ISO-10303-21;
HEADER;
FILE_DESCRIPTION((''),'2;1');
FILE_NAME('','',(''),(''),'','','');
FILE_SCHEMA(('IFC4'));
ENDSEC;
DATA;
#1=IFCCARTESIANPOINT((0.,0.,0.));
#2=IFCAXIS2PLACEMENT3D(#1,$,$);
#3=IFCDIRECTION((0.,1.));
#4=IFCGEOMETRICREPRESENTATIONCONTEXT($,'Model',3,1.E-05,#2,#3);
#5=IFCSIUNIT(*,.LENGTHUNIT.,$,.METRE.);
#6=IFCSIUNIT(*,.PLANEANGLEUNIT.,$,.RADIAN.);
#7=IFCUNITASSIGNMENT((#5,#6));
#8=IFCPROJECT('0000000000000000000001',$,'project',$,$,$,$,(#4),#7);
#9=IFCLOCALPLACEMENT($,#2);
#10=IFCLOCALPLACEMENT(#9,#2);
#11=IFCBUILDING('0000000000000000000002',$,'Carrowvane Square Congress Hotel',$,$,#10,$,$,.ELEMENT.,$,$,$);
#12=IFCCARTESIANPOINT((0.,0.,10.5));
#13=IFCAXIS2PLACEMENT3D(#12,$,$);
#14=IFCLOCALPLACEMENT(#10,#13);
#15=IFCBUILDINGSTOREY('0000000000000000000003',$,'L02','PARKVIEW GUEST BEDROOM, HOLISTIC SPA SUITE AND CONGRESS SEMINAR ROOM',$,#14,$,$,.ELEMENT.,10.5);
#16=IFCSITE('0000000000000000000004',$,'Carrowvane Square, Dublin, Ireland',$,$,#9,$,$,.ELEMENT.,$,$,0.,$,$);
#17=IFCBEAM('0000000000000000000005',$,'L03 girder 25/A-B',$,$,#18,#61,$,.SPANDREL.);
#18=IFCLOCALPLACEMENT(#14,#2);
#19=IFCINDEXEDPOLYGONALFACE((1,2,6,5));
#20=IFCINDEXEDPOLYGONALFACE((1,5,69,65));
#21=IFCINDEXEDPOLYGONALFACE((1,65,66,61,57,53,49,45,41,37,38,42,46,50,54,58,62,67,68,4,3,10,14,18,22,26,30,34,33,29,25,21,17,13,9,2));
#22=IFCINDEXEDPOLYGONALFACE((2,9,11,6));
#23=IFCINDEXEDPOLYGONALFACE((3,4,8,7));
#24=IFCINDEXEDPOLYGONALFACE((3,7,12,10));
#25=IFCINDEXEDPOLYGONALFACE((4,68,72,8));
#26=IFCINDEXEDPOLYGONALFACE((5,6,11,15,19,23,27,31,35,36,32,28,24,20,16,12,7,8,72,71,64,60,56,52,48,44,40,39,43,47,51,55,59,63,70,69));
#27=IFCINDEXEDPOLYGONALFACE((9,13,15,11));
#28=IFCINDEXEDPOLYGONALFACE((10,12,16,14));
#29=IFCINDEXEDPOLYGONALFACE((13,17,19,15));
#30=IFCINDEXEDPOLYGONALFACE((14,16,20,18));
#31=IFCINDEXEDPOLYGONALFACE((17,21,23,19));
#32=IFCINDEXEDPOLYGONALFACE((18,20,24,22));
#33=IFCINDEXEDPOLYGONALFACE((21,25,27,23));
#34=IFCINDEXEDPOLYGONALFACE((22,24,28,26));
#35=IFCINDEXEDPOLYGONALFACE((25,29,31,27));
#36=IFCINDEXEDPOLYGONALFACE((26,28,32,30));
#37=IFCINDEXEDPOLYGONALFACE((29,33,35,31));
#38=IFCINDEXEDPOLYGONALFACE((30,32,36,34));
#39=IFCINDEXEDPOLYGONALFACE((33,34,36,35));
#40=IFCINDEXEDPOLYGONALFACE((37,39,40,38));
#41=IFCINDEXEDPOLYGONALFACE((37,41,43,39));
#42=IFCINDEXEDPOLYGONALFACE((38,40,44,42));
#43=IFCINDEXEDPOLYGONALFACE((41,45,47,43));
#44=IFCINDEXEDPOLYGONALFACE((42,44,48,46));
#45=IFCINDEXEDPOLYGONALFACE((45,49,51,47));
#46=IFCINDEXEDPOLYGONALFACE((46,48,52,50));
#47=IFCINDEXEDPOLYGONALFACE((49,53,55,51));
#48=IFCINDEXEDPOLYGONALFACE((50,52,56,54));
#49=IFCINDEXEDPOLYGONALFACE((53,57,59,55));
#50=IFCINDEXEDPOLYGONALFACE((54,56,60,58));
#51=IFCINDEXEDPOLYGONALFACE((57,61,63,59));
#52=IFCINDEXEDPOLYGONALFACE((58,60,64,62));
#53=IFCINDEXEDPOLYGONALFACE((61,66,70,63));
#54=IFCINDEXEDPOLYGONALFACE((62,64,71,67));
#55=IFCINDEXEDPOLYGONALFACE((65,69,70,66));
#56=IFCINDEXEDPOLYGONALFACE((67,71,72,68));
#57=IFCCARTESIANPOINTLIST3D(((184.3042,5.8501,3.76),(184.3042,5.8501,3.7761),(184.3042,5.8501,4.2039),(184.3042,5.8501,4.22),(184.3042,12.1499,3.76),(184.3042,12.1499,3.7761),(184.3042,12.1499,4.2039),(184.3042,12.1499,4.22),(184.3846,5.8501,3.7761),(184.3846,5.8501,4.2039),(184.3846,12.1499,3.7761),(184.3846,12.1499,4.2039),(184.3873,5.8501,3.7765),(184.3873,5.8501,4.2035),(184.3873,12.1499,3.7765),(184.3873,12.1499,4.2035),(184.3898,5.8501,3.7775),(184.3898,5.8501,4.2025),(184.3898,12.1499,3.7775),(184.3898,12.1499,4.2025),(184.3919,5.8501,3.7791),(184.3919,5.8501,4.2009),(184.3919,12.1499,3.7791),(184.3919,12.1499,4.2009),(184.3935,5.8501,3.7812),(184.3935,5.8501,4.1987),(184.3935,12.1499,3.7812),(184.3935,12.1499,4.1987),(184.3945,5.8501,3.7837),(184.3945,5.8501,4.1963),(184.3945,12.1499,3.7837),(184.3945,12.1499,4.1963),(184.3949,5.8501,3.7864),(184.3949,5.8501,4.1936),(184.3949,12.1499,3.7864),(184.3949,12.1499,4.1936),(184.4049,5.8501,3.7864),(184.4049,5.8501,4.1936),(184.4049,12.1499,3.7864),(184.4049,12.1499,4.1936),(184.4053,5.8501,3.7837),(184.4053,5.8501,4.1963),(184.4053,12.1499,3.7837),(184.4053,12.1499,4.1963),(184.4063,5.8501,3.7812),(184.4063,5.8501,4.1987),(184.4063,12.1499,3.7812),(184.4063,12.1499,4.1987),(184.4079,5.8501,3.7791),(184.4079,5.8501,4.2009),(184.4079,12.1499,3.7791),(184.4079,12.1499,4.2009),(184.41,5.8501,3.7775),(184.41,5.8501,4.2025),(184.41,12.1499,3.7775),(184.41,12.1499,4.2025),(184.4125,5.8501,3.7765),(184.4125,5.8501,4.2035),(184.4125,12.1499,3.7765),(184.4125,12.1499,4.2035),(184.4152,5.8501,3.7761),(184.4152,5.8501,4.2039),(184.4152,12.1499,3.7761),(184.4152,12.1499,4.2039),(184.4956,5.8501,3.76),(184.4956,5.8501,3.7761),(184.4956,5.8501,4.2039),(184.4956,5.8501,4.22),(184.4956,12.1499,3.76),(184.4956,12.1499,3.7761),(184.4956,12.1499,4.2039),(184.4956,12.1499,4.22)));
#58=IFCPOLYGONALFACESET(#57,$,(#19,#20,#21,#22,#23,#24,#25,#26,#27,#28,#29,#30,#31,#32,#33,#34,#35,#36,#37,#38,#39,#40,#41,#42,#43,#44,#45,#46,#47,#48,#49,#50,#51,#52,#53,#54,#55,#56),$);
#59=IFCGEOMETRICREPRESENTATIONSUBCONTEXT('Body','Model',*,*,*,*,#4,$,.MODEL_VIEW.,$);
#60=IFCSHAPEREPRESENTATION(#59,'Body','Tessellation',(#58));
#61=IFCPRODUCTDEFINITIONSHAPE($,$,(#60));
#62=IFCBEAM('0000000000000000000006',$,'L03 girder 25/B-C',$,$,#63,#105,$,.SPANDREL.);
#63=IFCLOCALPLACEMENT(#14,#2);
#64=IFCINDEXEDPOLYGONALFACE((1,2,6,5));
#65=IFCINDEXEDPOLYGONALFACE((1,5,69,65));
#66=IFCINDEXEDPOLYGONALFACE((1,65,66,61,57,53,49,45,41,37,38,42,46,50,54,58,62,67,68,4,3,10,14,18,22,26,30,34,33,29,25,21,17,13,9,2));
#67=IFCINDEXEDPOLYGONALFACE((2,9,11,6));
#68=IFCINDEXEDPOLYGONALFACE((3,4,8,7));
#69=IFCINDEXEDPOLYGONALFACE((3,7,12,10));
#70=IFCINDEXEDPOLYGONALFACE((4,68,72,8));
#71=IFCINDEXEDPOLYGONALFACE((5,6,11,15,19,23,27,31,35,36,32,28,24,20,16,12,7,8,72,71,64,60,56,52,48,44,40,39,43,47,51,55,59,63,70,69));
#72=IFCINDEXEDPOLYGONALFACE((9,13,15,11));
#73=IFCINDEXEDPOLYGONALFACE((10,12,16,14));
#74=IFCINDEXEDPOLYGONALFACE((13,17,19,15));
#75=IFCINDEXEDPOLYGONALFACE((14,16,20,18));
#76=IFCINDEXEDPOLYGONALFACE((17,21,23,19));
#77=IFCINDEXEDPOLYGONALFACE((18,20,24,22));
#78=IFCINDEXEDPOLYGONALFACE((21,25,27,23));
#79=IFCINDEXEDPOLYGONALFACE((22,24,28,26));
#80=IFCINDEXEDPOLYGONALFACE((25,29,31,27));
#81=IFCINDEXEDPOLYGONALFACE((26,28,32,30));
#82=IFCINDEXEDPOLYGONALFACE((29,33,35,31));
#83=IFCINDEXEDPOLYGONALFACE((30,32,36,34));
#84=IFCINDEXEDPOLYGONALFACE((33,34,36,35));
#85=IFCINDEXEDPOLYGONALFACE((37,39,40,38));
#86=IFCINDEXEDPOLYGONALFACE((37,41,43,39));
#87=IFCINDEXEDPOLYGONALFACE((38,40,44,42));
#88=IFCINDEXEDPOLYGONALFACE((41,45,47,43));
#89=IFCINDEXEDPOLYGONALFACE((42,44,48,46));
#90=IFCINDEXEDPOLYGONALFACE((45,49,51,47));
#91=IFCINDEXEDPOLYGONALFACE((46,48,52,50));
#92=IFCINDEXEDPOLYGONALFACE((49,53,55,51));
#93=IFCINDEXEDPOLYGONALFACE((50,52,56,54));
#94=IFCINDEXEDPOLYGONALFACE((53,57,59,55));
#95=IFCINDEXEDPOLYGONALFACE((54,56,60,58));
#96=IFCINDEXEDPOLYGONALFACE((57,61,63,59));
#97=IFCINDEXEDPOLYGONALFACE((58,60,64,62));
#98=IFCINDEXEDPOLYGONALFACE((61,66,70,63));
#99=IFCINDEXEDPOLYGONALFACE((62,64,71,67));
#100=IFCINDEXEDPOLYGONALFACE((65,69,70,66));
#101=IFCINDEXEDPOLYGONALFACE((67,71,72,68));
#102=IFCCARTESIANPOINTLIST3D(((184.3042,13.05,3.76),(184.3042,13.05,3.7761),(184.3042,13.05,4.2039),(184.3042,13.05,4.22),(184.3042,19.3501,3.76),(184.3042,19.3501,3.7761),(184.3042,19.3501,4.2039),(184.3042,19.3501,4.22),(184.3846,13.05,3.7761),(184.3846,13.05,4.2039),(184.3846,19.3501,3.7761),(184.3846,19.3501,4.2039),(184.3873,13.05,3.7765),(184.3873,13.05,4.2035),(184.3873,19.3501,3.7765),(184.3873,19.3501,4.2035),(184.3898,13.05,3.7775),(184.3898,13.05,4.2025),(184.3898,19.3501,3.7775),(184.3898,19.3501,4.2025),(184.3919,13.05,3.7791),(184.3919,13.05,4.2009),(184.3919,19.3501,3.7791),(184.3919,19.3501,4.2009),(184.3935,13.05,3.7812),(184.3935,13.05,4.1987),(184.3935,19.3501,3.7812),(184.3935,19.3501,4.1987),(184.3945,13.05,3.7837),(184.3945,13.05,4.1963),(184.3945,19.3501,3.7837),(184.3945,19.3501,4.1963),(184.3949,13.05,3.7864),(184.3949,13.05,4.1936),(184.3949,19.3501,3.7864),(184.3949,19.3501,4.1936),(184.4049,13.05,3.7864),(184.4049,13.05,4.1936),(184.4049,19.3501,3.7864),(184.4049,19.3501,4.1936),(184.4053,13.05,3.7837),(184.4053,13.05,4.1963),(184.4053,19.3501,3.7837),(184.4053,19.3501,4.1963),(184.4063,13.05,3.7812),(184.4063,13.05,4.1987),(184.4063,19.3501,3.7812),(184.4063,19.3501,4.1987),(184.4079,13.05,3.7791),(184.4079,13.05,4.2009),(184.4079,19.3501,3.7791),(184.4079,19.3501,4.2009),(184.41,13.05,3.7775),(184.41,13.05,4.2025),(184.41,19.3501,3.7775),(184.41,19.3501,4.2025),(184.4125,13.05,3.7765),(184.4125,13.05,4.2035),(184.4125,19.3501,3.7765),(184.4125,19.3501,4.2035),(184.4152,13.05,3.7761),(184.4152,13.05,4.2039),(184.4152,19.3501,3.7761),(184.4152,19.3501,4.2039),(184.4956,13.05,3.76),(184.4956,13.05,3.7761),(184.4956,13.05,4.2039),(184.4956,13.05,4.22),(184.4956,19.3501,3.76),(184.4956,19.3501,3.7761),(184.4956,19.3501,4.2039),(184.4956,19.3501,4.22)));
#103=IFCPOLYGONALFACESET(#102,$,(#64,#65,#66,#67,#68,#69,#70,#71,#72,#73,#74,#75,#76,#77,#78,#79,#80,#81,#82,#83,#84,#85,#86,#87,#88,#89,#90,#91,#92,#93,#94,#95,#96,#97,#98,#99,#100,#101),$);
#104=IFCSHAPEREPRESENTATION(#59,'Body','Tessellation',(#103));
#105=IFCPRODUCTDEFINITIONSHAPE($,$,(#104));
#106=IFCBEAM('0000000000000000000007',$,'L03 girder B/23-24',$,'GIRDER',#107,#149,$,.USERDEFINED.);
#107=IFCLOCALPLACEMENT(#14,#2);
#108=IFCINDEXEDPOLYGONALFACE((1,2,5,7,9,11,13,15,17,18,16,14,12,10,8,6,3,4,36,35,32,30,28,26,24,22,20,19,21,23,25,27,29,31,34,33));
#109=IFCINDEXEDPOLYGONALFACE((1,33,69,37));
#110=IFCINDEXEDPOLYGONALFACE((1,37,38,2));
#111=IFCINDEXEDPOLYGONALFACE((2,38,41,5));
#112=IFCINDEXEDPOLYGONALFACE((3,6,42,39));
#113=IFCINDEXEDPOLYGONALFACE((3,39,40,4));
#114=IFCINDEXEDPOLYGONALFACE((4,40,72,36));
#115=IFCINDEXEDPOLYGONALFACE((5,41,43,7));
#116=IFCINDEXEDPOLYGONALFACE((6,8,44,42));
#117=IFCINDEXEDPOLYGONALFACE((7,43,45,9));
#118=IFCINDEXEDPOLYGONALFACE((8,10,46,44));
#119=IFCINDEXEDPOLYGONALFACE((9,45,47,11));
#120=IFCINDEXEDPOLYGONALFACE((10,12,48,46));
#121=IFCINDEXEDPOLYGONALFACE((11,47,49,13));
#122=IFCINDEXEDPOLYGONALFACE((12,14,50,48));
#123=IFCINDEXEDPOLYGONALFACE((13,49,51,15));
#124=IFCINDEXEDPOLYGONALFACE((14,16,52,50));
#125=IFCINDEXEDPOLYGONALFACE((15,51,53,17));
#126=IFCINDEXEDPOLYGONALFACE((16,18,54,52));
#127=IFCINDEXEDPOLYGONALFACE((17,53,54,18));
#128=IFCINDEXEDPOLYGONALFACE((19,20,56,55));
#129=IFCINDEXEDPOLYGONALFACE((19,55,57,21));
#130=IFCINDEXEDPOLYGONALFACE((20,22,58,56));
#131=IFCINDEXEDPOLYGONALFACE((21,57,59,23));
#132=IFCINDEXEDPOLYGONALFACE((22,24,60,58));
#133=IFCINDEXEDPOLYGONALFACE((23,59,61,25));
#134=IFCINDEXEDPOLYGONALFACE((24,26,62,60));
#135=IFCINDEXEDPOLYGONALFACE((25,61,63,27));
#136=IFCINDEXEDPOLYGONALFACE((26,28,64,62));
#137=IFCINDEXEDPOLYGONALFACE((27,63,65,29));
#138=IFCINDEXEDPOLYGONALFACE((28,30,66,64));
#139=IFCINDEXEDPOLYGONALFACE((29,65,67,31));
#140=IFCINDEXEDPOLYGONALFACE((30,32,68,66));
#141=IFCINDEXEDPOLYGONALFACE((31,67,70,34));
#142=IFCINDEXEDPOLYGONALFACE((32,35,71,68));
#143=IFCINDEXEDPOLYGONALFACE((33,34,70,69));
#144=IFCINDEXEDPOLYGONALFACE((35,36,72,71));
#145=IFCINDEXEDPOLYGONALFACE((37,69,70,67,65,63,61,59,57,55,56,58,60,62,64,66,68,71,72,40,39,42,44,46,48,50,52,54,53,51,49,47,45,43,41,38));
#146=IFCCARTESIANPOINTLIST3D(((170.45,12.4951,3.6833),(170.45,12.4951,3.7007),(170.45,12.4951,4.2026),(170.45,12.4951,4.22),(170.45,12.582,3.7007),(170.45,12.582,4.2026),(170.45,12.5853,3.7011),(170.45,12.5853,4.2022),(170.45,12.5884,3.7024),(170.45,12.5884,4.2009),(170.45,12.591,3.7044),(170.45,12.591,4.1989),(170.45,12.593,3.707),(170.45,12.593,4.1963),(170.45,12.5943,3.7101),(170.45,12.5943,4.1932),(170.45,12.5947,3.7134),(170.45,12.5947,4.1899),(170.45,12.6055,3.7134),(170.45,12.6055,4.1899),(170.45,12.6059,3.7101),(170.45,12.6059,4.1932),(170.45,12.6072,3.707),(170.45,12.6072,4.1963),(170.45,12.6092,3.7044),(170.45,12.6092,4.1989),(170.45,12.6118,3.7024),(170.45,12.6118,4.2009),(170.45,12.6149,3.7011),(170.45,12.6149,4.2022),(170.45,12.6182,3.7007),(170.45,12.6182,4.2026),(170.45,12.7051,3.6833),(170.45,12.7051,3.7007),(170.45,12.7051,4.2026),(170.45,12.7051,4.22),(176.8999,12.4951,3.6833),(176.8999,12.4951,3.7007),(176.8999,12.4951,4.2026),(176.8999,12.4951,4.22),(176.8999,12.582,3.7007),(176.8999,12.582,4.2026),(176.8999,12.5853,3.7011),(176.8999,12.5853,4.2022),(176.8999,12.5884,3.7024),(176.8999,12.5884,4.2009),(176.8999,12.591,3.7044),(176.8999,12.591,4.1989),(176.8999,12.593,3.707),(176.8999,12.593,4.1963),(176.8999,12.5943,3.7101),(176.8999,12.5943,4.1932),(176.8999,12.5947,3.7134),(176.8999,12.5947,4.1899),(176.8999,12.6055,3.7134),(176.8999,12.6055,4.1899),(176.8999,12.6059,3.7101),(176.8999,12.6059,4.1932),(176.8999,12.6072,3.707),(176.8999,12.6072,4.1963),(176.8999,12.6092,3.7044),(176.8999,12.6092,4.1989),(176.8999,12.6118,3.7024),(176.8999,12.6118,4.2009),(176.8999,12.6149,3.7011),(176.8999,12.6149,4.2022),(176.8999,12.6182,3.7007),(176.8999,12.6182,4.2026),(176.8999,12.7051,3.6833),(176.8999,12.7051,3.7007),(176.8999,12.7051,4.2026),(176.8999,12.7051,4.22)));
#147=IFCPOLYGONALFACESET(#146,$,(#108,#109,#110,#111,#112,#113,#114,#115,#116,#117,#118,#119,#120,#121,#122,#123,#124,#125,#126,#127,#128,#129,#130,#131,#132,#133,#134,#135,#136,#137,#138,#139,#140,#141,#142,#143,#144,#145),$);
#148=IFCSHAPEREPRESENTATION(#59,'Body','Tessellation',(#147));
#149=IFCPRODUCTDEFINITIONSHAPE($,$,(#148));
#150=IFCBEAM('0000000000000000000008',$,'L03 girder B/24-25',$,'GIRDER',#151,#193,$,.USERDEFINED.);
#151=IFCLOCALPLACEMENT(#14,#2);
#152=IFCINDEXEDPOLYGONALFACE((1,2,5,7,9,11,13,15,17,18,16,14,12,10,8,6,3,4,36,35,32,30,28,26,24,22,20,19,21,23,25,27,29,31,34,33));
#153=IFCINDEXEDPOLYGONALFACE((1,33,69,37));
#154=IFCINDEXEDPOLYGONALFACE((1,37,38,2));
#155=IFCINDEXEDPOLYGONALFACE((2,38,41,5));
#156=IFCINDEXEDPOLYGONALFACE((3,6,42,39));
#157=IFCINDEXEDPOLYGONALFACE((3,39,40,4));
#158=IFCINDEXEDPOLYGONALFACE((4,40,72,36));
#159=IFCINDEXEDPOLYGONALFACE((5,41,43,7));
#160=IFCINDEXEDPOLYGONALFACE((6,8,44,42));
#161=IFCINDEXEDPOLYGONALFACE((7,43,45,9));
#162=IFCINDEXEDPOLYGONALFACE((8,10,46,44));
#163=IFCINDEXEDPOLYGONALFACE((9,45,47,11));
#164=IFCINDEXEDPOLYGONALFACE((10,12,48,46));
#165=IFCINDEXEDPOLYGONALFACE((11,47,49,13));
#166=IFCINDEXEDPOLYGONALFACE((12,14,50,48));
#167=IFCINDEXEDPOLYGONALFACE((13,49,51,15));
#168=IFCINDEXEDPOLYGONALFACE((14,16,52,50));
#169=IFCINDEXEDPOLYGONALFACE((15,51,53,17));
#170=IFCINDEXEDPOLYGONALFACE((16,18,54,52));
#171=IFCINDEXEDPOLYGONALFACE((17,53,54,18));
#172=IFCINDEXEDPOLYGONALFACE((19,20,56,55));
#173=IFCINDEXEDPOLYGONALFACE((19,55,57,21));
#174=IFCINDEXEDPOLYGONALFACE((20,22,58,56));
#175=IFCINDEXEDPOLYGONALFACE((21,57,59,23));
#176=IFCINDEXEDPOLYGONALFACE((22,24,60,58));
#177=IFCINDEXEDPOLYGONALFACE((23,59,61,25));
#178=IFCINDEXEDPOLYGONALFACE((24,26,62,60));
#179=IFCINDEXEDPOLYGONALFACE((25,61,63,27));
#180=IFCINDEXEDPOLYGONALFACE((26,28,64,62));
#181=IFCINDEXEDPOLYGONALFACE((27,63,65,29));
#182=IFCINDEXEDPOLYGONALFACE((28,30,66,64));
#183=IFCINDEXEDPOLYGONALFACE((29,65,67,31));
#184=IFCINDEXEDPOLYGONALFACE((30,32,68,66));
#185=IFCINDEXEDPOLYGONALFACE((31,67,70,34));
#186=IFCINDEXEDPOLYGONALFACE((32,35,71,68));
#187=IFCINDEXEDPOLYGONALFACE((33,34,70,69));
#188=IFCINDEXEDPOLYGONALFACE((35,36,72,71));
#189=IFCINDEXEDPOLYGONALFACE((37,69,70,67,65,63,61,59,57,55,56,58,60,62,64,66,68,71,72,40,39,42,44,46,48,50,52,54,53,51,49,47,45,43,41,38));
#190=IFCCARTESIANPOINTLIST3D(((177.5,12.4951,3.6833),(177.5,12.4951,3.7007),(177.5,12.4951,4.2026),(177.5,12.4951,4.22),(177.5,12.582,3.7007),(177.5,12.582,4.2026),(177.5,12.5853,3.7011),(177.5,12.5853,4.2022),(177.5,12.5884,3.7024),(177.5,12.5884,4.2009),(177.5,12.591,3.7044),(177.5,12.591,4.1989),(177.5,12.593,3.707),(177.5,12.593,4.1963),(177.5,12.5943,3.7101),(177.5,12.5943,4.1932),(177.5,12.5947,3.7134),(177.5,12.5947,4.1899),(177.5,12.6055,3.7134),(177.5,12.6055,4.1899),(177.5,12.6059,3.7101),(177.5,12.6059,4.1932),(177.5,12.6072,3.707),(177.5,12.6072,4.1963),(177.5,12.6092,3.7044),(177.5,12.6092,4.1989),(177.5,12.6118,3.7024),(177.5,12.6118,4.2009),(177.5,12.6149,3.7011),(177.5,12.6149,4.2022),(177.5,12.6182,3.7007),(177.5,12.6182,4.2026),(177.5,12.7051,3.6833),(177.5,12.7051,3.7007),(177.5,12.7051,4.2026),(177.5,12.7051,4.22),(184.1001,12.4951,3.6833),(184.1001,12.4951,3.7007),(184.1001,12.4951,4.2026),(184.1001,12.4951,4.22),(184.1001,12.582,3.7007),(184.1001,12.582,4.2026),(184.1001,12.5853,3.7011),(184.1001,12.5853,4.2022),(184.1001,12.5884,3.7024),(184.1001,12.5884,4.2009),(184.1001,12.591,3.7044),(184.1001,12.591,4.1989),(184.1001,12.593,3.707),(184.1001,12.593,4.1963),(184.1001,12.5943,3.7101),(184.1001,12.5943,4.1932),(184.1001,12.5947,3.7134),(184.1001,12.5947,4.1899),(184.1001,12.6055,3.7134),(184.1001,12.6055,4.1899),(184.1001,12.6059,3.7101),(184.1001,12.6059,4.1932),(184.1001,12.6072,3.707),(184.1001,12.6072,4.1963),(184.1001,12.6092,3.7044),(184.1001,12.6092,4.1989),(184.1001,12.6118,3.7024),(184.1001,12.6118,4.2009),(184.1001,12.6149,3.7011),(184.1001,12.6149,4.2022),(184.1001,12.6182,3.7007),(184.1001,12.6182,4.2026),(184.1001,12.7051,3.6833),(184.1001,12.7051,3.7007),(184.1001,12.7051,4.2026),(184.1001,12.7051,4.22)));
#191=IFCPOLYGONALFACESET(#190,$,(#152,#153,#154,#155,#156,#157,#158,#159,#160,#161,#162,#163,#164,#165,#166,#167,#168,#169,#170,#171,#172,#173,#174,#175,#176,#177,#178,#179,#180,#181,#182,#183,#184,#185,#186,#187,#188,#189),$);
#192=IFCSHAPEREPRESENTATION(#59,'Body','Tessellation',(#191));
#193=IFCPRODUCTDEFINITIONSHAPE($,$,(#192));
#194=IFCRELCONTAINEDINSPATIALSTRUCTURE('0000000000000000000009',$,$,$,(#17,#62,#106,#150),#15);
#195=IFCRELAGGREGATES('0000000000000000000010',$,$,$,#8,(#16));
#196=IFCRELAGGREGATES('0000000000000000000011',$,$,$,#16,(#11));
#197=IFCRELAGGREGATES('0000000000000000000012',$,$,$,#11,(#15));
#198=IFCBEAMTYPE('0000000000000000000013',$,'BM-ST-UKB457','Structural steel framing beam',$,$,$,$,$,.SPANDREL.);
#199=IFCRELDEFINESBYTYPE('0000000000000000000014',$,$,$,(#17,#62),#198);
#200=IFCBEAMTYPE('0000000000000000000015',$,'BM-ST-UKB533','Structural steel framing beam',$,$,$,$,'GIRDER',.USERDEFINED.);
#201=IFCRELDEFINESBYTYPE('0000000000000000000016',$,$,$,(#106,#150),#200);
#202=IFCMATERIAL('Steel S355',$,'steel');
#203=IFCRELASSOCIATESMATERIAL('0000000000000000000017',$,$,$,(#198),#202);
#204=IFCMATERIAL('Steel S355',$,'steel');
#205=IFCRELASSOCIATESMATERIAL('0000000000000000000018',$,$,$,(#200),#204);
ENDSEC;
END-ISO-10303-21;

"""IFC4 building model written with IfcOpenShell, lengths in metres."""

from ifc_helpers import new_model, si_unit, direction, frame, origin, origin_2d, place, context, subcontext, project, spatial, i_section, extrude, material, material_profile, profile_set, type_object, element, save


model = new_model("IFC4")

# Units and contexts
model_context = context("Model", 3, precision=1e-05, world=origin(), true_north=direction((0.0, 1.0)))
body_context = subcontext(model_context, "Body", "Model", "MODEL_VIEW")
ifc_project = project(units=[si_unit("LENGTHUNIT", "METRE"), si_unit("PLANEANGLEUNIT", "RADIAN")], contexts=[model_context])

# Site, building, storey
site_placement = place(None, origin())
site = spatial("IfcSite", under=ifc_project, at=site_placement, Name="Carrowvane Square, Dublin, Ireland", CompositionType="ELEMENT", RefElevation=0.0)
building_placement = place(site_placement, origin())
building = spatial("IfcBuilding", under=site, at=building_placement, Name="Carrowvane Square Congress Hotel", CompositionType="ELEMENT")
storey_placement = place(building_placement, frame((0.0, 0.0, 10.5)))
storey = spatial("IfcBuildingStorey", under=building, at=storey_placement, Name="L02", Description="PARKVIEW GUEST BEDROOM, HOLISTIC SPA SUITE AND CONGRESS SEMINAR ROOM", CompositionType="ELEMENT", Elevation=10.5)

# Beams
ifc_material_1 = material(Name="Steel S355", Category="steel")
ifc_material_profile_1 = material_profile(ifc_material_1, i_section(OverallWidth=0.1914, OverallDepth=0.46, WebThickness=0.01, FlangeThickness=0.0161, FilletRadius=0.0103, at=origin_2d()), Name="UKB 457x191x82")
ifc_profile_set_1 = profile_set([ifc_material_profile_1], Name="Steel S355")
beam_type_1 = type_object("IfcBeamType", Name="BM-ST-UKB457", Description="Structural steel framing beam", PredefinedType="SPANDREL", material=ifc_profile_set_1)
beam_1_placement = place(storey_placement, frame((184.3999, 5.8501, 3.99), z_axis=(0.0, 1.0, 0.0), x_axis=(-1.0, 0.0, 0.0)))
element("IfcBeam", 1, at=beam_1_placement, inside=storey, type_object=beam_type_1, Name="L03 girder 25/A-B", PredefinedType="SPANDREL", context=body_context, shape_type="SweptSolid", body=[
    extrude(i_section(OverallWidth=0.1914, OverallDepth=0.46, WebThickness=0.01, FlangeThickness=0.0161, FilletRadius=0.0103, at=origin_2d()), origin(), (0.0, 0.0, 1.0), 6.2998),
])
beam_2_placement = place(storey_placement, frame((184.3999, 13.05, 3.99), z_axis=(0.0, 1.0, 0.0), x_axis=(-1.0, 0.0, 0.0)))
element("IfcBeam", 2, at=beam_2_placement, inside=storey, type_object=beam_type_1, Name="L03 girder 25/B-C", PredefinedType="SPANDREL", context=body_context, shape_type="SweptSolid", body=[
    extrude(i_section(OverallWidth=0.1914, OverallDepth=0.46, WebThickness=0.01, FlangeThickness=0.0161, FilletRadius=0.0103, at=origin_2d()), origin(), (0.0, 0.0, 1.0), 6.3),
])
ifc_material_2 = material(Name="Steel S355", Category="steel")
ifc_material_profile_2 = material_profile(ifc_material_2, i_section(OverallWidth=0.21, OverallDepth=0.5366, WebThickness=0.0107, FlangeThickness=0.0173, FilletRadius=0.0127, at=origin_2d()), Name="UKB 533x210x101")
ifc_profile_set_2 = profile_set([ifc_material_profile_2], Name="Steel S355")
beam_type_2 = type_object("IfcBeamType", Name="BM-ST-UKB533", Description="Structural steel framing beam", ElementType="GIRDER", PredefinedType="USERDEFINED", material=ifc_profile_set_2)
beam_3_placement = place(storey_placement, frame((170.45, 12.6001, 3.9517), z_axis=(1.0, 0.0, 0.0), x_axis=(0.0, 1.0, 0.0)))
element("IfcBeam", 3, at=beam_3_placement, inside=storey, type_object=beam_type_2, Name="L03 girder B/23-24", ObjectType="GIRDER", PredefinedType="USERDEFINED", context=body_context, shape_type="SweptSolid", body=[
    extrude(i_section(OverallWidth=0.21, OverallDepth=0.5366, WebThickness=0.0107, FlangeThickness=0.0173, FilletRadius=0.0127, at=origin_2d()), origin(), (0.0, 0.0, 1.0), 6.45),
])
beam_4_placement = place(storey_placement, frame((177.5, 12.6001, 3.9517), z_axis=(1.0, 0.0, 0.0), x_axis=(0.0, 1.0, 0.0)))
element("IfcBeam", 4, at=beam_4_placement, inside=storey, type_object=beam_type_2, Name="L03 girder B/24-25", ObjectType="GIRDER", PredefinedType="USERDEFINED", context=body_context, shape_type="SweptSolid", body=[
    extrude(i_section(OverallWidth=0.21, OverallDepth=0.5366, WebThickness=0.0107, FlangeThickness=0.0173, FilletRadius=0.0127, at=origin_2d()), origin(), (0.0, 0.0, 1.0), 6.6001),
])

save(model, "model.ifc")
